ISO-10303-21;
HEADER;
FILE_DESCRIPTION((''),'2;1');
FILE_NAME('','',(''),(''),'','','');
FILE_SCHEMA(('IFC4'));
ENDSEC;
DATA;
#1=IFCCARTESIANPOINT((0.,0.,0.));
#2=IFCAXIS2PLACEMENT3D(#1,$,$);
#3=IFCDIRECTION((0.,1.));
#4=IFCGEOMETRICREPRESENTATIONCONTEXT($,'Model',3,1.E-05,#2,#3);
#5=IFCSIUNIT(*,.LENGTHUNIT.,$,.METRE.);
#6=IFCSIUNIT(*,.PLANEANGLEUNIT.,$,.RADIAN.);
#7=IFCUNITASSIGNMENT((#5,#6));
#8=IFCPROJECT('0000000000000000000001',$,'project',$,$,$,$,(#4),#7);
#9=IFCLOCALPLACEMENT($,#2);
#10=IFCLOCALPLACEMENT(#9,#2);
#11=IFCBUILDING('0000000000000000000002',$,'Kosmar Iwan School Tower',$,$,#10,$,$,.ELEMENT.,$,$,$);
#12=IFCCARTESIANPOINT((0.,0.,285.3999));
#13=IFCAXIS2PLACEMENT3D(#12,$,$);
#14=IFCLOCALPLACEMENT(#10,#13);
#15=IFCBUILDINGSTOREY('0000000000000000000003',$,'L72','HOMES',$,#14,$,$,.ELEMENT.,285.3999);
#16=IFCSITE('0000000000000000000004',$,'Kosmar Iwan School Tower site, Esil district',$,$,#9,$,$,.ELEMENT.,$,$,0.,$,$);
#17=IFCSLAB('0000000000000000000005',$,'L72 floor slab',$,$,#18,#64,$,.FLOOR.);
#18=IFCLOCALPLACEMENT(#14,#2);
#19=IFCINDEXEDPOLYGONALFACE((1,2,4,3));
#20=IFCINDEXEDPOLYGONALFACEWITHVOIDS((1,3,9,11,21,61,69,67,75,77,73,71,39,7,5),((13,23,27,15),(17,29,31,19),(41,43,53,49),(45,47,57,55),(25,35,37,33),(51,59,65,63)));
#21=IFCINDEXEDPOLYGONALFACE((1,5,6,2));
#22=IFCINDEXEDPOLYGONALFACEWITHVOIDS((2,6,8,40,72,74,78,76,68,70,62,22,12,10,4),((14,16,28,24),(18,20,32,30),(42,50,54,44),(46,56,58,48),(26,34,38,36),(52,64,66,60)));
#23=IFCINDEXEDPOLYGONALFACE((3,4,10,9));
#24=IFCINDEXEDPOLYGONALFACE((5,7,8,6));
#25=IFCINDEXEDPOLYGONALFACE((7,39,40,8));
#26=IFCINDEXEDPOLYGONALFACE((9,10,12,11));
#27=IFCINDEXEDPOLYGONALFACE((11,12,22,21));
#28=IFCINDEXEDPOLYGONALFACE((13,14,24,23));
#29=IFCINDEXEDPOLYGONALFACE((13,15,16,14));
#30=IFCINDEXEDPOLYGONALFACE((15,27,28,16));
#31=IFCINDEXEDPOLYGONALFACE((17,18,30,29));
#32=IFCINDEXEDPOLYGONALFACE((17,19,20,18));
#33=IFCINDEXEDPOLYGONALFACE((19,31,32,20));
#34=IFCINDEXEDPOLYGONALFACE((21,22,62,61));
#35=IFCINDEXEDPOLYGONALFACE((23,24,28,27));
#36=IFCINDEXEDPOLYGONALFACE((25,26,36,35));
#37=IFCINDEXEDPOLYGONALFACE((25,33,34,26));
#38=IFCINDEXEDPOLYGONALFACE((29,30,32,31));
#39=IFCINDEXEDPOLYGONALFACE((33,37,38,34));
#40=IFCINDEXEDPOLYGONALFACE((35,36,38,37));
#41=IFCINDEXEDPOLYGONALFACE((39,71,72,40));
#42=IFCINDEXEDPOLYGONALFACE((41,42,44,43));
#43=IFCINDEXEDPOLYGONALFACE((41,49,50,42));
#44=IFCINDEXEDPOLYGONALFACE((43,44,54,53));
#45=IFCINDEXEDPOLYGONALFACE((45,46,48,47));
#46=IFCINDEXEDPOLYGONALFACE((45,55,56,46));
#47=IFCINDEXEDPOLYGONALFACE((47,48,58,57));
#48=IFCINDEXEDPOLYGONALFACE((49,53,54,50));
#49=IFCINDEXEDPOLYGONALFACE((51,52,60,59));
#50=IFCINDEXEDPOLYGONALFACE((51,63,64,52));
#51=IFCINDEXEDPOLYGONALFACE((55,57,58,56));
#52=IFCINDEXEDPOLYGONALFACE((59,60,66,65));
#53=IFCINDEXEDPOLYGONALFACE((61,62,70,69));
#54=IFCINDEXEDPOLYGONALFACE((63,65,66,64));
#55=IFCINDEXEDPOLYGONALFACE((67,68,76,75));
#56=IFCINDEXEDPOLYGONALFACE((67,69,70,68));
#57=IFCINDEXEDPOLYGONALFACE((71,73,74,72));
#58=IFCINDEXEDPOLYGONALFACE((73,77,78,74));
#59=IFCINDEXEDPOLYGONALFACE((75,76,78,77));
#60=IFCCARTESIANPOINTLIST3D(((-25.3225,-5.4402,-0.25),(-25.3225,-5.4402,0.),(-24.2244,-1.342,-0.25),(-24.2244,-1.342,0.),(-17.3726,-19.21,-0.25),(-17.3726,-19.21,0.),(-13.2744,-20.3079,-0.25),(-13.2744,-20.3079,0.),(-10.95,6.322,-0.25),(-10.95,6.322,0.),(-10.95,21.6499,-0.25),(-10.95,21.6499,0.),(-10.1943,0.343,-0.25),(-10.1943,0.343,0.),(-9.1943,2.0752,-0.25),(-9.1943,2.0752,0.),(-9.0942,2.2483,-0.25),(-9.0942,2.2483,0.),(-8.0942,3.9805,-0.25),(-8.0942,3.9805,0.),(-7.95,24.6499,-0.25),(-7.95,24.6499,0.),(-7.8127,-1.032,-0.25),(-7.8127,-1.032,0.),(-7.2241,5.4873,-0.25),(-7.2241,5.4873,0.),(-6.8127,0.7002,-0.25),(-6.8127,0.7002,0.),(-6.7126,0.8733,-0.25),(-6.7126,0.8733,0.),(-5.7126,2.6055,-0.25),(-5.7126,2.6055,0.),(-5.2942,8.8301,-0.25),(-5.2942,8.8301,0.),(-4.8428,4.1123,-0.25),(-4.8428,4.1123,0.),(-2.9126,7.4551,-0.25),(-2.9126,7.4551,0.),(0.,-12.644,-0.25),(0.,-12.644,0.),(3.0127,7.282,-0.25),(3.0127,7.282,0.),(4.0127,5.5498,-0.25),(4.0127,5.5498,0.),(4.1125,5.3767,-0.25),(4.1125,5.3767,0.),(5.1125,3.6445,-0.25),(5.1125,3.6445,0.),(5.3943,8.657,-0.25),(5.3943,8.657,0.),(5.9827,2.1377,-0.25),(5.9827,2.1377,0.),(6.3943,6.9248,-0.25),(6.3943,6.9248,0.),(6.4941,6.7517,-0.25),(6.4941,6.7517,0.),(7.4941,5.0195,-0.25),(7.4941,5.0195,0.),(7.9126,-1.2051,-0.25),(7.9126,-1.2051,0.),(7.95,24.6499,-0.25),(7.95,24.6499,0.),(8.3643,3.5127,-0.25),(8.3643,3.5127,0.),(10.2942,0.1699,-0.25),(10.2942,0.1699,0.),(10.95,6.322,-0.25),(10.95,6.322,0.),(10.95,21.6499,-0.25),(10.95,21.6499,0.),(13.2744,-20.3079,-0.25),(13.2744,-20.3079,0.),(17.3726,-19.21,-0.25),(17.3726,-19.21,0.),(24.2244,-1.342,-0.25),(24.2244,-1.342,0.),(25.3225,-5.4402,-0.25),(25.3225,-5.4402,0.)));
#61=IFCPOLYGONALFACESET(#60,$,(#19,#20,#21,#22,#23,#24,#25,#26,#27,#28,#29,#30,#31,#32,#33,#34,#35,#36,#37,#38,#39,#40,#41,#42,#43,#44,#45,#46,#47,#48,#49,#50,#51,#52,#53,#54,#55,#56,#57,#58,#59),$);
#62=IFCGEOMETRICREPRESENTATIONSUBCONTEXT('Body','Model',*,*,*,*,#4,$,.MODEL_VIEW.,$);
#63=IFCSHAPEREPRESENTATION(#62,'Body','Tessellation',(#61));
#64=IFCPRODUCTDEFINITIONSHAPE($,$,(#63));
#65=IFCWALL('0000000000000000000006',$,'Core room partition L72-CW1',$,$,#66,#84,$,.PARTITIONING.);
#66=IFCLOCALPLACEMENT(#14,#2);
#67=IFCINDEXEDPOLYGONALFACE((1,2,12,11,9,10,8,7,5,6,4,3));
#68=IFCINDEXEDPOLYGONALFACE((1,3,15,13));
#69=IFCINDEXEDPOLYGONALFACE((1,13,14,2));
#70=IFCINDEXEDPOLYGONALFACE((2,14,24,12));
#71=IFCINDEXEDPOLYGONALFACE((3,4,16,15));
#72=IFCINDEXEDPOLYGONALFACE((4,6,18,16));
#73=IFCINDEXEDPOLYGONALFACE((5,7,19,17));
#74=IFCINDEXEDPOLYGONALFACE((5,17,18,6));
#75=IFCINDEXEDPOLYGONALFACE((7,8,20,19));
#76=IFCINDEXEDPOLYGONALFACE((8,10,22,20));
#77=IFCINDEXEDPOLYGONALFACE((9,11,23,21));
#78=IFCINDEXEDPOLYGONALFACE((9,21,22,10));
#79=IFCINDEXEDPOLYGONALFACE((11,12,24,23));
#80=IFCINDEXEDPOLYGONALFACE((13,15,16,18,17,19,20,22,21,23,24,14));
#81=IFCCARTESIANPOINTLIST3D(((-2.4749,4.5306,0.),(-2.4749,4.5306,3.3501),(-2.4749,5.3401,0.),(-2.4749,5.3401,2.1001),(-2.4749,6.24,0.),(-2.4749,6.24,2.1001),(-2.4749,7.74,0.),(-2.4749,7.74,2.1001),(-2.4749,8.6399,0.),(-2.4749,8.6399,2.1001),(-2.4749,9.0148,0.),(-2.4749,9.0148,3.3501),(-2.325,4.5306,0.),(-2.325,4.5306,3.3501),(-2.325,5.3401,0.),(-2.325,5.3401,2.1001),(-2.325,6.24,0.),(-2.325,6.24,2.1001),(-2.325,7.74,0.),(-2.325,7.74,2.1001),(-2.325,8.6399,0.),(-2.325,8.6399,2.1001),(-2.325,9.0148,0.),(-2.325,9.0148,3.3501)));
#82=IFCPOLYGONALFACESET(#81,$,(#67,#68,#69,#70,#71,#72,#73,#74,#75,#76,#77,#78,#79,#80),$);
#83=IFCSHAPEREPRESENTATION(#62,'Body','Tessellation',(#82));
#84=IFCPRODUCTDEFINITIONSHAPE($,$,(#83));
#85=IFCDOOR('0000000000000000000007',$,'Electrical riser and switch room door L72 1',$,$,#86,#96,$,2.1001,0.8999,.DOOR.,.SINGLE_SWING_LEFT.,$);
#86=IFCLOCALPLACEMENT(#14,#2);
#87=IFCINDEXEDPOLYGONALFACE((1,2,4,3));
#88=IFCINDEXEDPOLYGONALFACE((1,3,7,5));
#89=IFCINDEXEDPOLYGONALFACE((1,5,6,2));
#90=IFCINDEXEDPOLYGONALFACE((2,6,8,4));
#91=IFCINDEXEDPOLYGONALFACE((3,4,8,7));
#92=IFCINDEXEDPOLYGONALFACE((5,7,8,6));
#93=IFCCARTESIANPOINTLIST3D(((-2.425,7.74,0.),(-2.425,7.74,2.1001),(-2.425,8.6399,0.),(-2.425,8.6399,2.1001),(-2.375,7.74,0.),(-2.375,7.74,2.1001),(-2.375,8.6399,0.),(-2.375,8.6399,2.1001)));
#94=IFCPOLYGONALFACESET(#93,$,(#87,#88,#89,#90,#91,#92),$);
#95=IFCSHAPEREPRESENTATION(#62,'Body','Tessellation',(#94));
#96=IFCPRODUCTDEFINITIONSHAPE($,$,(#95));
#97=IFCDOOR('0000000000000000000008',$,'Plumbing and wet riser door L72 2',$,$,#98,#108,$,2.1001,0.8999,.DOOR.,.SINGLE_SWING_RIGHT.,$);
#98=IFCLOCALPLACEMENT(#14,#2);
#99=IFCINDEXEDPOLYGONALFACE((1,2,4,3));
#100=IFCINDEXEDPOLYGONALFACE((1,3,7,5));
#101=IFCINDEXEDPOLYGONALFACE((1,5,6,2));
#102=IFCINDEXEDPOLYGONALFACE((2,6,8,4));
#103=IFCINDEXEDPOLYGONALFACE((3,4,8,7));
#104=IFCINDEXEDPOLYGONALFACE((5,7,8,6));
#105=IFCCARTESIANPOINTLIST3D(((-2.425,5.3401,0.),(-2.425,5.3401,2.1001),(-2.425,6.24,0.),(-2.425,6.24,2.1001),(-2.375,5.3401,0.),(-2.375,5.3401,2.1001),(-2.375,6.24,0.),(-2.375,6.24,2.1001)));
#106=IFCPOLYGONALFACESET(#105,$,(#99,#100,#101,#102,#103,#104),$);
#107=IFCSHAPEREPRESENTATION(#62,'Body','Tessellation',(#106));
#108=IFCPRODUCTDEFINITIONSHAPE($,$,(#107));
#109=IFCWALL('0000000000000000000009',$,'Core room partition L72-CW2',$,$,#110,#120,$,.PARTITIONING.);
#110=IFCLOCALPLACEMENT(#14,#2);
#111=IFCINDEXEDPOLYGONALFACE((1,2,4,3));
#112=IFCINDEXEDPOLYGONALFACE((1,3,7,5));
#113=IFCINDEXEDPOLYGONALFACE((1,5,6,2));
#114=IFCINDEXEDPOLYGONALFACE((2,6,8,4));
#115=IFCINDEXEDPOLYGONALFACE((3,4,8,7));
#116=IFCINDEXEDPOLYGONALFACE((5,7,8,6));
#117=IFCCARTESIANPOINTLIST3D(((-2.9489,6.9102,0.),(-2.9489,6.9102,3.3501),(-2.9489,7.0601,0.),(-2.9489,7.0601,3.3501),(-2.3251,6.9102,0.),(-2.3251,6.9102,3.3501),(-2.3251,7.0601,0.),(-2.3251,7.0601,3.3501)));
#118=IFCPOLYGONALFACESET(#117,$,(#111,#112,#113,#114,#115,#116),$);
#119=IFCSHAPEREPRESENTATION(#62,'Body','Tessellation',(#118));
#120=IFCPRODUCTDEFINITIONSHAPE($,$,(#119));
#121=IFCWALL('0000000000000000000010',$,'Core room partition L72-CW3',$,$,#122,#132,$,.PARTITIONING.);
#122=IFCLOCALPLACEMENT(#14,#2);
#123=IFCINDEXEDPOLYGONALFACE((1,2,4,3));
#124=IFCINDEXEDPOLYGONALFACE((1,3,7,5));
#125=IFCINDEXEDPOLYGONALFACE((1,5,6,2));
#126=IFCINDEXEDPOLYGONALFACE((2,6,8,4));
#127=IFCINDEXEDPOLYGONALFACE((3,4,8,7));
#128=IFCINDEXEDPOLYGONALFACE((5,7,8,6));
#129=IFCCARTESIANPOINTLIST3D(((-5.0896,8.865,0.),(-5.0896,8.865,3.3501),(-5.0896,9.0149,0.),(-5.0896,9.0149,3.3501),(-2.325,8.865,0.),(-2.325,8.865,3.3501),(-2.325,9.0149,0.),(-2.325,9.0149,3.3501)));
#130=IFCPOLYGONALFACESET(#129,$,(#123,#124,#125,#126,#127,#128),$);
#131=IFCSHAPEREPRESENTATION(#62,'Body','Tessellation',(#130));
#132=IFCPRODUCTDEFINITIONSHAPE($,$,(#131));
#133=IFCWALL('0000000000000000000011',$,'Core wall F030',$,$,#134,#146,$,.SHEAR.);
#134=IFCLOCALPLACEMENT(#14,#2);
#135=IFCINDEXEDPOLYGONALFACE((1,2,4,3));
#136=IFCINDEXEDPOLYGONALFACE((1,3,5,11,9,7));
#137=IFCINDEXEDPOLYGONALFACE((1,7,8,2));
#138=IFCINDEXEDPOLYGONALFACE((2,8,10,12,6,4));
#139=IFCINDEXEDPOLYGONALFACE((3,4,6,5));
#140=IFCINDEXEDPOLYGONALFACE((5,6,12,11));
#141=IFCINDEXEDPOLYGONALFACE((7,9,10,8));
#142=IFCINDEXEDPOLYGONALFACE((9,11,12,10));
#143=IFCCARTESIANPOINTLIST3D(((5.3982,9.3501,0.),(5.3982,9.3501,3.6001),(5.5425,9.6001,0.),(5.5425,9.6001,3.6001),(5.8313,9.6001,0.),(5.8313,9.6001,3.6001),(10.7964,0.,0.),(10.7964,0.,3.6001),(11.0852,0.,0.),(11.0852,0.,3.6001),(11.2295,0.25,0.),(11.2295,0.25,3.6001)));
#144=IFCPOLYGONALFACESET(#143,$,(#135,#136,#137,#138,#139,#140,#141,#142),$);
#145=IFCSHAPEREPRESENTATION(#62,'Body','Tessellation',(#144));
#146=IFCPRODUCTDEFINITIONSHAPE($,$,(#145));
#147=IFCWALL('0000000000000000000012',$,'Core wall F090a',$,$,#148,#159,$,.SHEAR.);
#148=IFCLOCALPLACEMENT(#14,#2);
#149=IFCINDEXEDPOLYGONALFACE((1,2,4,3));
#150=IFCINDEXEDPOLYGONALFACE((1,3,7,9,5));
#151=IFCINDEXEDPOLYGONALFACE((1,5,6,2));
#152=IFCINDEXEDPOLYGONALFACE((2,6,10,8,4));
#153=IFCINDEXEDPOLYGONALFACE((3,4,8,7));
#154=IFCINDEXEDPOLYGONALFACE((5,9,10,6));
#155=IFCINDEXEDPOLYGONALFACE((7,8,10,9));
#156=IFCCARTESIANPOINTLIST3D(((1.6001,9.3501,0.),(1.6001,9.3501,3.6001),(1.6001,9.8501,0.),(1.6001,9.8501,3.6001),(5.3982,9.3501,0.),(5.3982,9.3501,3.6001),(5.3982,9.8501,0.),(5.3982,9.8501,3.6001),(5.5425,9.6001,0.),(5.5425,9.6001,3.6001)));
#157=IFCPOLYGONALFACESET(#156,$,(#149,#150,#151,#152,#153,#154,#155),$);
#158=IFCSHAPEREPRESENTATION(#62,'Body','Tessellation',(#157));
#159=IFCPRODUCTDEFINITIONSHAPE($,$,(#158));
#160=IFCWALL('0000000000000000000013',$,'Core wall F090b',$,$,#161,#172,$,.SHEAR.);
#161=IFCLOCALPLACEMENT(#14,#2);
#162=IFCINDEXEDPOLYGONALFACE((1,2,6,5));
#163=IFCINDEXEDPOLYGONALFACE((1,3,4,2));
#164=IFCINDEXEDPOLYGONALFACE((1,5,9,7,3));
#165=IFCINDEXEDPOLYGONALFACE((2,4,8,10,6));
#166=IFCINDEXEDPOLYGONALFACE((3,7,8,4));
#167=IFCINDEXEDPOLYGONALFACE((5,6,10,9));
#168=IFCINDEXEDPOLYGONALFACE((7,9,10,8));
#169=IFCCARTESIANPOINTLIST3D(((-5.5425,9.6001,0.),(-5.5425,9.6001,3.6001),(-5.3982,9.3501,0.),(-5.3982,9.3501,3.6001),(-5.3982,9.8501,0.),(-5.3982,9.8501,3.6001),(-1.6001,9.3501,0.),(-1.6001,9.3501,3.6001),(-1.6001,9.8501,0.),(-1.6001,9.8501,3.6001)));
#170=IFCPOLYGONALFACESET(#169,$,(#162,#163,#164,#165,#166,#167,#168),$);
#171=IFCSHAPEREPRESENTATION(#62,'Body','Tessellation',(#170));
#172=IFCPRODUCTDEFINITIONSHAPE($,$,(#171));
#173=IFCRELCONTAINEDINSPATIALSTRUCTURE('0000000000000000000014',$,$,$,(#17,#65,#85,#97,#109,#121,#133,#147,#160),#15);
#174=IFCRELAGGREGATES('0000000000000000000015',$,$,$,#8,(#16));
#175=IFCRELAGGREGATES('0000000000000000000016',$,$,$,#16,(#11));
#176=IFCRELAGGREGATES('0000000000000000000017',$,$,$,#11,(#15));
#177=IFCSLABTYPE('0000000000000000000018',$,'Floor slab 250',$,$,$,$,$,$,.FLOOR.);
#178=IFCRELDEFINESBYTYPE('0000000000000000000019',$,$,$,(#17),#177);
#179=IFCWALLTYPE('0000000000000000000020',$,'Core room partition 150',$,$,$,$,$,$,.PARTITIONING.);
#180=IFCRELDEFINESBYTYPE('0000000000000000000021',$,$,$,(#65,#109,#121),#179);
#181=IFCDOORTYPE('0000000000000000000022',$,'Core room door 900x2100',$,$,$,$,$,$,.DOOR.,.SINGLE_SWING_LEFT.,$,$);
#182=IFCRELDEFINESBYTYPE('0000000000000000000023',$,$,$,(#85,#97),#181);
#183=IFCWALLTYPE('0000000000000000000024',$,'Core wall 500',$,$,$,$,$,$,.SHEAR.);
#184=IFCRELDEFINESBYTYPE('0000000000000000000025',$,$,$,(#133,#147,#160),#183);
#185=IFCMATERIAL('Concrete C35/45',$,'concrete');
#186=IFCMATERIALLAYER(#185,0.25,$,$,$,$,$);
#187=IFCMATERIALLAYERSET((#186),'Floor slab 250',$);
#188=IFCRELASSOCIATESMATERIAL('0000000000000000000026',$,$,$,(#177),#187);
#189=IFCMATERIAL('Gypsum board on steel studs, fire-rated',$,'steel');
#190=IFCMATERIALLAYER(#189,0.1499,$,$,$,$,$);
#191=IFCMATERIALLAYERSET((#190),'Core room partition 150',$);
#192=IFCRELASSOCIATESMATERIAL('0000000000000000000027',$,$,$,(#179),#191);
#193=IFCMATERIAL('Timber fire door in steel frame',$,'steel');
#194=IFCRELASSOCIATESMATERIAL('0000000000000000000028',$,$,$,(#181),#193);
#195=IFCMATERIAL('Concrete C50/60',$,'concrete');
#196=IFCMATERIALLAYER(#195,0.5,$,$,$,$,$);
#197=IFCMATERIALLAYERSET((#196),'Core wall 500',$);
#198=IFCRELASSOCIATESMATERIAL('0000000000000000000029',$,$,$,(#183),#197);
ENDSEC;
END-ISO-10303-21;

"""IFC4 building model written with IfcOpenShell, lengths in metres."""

from ifc_helpers import new_model, si_unit, direction, frame, frame_2d, origin, place, context, subcontext, project, spatial, polyline, rectangle, outline, extrude, material, layer, layer_set, type_object, element, fill, save


model = new_model("IFC4")

# Units and contexts
model_context = context("Model", 3, precision=1e-05, world=origin(), true_north=direction((0.0, 1.0)))
body_context = subcontext(model_context, "Body", "Model", "MODEL_VIEW")
ifc_project = project(units=[si_unit("LENGTHUNIT", "METRE"), si_unit("PLANEANGLEUNIT", "RADIAN")], contexts=[model_context])

# Site, building, storey
site_placement = place(None, origin())
site = spatial("IfcSite", under=ifc_project, at=site_placement, Name="Kosmar Iwan School Tower site, Esil district", CompositionType="ELEMENT", RefElevation=0.0)
building_placement = place(site_placement, origin())
building = spatial("IfcBuilding", under=site, at=building_placement, Name="Kosmar Iwan School Tower", CompositionType="ELEMENT")
storey_placement = place(building_placement, frame((0.0, 0.0, 285.3999)))
storey = spatial("IfcBuildingStorey", under=building, at=storey_placement, Name="L72", Description="HOMES", CompositionType="ELEMENT", Elevation=285.3999)

# Slab
ifc_material_1 = material(Name="Concrete C35/45", Category="concrete")
ifc_layer_1 = layer(ifc_material_1, 0.25)
ifc_layer_set_1 = layer_set([ifc_layer_1], Name="Floor slab 250")
slab_type = type_object("IfcSlabType", Name="Floor slab 250", PredefinedType="FLOOR", material=ifc_layer_set_1)
slab_placement = place(storey_placement, frame((0.0, 0.0, -0.25)))
element("IfcSlab", 1, at=slab_placement, inside=storey, type_object=slab_type, Name="L72 floor slab", PredefinedType="FLOOR", context=body_context, shape_type="SweptSolid", body=[
    extrude(outline(polyline([(-13.2744, -20.3079), (0.0, -12.644), (13.2744, -20.3079), (17.3726, -19.21), (25.3225, -5.4402), (24.2244, -1.342), (10.95, 6.322), (10.95, 21.6499), (7.95, 24.6499), (-7.95, 24.6499), (-10.95, 21.6499), (-10.95, 6.322), (-24.2244, -1.342), (-25.3225, -5.4402), (-17.3726, -19.21), (-13.2744, -20.3079)]), holes=[polyline([(7.9126, -1.2051), (10.2942, 0.1699), (8.3643, 3.5127), (5.9827, 2.1377), (7.9126, -1.2051)]), polyline([(-2.9126, 7.4551), (-5.2942, 8.8301), (-7.2241, 5.4873), (-4.8428, 4.1123), (-2.9126, 7.4551)]), polyline([(-5.7126, 2.6055), (-8.0942, 3.9805), (-9.0942, 2.2483), (-6.7126, 0.8733), (-5.7126, 2.6055)]), polyline([(-6.8127, 0.7002), (-9.1943, 2.0752), (-10.1943, 0.343), (-7.8127, -1.032), (-6.8127, 0.7002)]), polyline([(5.1125, 3.6445), (7.4941, 5.0195), (6.4941, 6.7517), (4.1125, 5.3767), (5.1125, 3.6445)]), polyline([(4.0127, 5.5498), (6.3943, 6.9248), (5.3943, 8.657), (3.0127, 7.282), (4.0127, 5.5498)])]), origin(), (0.0, 0.0, 1.0), 0.25),
])

# Wall, openings, doors
ifc_material_2 = material(Name="Gypsum board on steel studs, fire-rated", Category="steel")
ifc_layer_2 = layer(ifc_material_2, 0.1499)
ifc_layer_set_2 = layer_set([ifc_layer_2], Name="Core room partition 150")
wall_type_1 = type_object("IfcWallType", Name="Core room partition 150", PredefinedType="PARTITIONING", material=ifc_layer_set_2)
wall_1_placement = place(storey_placement, frame((-2.3999, 9.0149, 0.0), z_axis=(0.0, 0.0, 1.0), x_axis=(0.0, -1.0, 0.0)))
wall_1 = element("IfcWall", 2, at=wall_1_placement, inside=storey, type_object=wall_type_1, Name="Core room partition L72-CW1", PredefinedType="PARTITIONING", context=body_context, shape_type="SweptSolid", body=[
    extrude(rectangle(XDim=4.4841, YDim=0.1499, at=frame_2d((2.2422, 0.0))), origin(), (0.0, 0.0, 1.0), 3.3501),
])
opening_1_placement = place(wall_1_placement, frame((0.375, 0.0, 0.0)))
opening_1 = element("IfcOpeningElement", 3, at=opening_1_placement, cuts=wall_1, PredefinedType="OPENING", context=body_context, shape_type="SweptSolid", body=[
    extrude(rectangle(XDim=0.8999, YDim=2.1001, at=frame_2d((0.45, 1.05))), frame((0.0, 0.0869, 0.0), z_axis=(0.0, -1.0, 0.0), x_axis=(1.0, 0.0, 0.0)), (0.0, 0.0, 1.0), 0.1738),
])
opening_2_placement = place(wall_1_placement, frame((2.7749, 0.0, 0.0)))
opening_2 = element("IfcOpeningElement", 4, at=opening_2_placement, cuts=wall_1, PredefinedType="OPENING", context=body_context, shape_type="SweptSolid", body=[
    extrude(rectangle(XDim=0.8999, YDim=2.1001, at=frame_2d((0.45, 1.05))), frame((0.0, 0.0869, 0.0), z_axis=(0.0, -1.0, 0.0), x_axis=(1.0, 0.0, 0.0)), (0.0, 0.0, 1.0), 0.1738),
])
ifc_material_3 = material(Name="Timber fire door in steel frame", Category="steel")
door_type_1 = type_object("IfcDoorType", Name="Core room door 900x2100", OperationType="SINGLE_SWING_LEFT", PredefinedType="DOOR", material=ifc_material_3)
door_1_placement = place(opening_1_placement, origin())
door_1 = element("IfcDoor", 5, at=door_1_placement, inside=storey, type_object=door_type_1, Name="Electrical riser and switch room door L72 1", OperationType="SINGLE_SWING_LEFT", OverallHeight=2.1001, OverallWidth=0.8999, PredefinedType="DOOR", context=body_context, shape_type="SweptSolid", body=[
    extrude(rectangle(XDim=0.8999, YDim=2.1001, at=frame_2d((0.45, 1.05))), frame((0.0, 0.0249, 0.0), z_axis=(0.0, -1.0, 0.0), x_axis=(1.0, 0.0, 0.0)), (0.0, 0.0, 1.0), 0.05),
])
fill(opening_1, door_1)
door_2_placement = place(opening_2_placement, origin())
door_2 = element("IfcDoor", 6, at=door_2_placement, inside=storey, type_object=door_type_1, Name="Plumbing and wet riser door L72 2", OperationType="SINGLE_SWING_RIGHT", OverallHeight=2.1001, OverallWidth=0.8999, PredefinedType="DOOR", context=body_context, shape_type="SweptSolid", body=[
    extrude(rectangle(XDim=0.8999, YDim=2.1001, at=frame_2d((0.45, 1.05))), frame((0.0, 0.0249, 0.0), z_axis=(0.0, -1.0, 0.0), x_axis=(1.0, 0.0, 0.0)), (0.0, 0.0, 1.0), 0.05),
])
fill(opening_2, door_2)

# Walls
wall_2_placement = place(storey_placement, frame((-2.325, 6.9851, 0.0), z_axis=(0.0, 0.0, 1.0), x_axis=(-1.0, 0.0, 0.0)))
element("IfcWall", 7, at=wall_2_placement, inside=storey, type_object=wall_type_1, Name="Core room partition L72-CW2", PredefinedType="PARTITIONING", context=body_context, shape_type="SweptSolid", body=[
    extrude(rectangle(XDim=0.6238, YDim=0.1499, at=frame_2d((0.312, 0.0))), origin(), (0.0, 0.0, 1.0), 3.3501),
])
wall_3_placement = place(storey_placement, frame((-5.0896, 8.9399, 0.0), z_axis=(0.0, 0.0, 1.0), x_axis=(1.0, 0.0, 0.0)))
element("IfcWall", 8, at=wall_3_placement, inside=storey, type_object=wall_type_1, Name="Core room partition L72-CW3", PredefinedType="PARTITIONING", context=body_context, shape_type="SweptSolid", body=[
    extrude(rectangle(XDim=2.7646, YDim=0.1499, at=frame_2d((1.3823, 0.0))), origin(), (0.0, 0.0, 1.0), 3.3501),
])
ifc_material_4 = material(Name="Concrete C50/60", Category="concrete")
ifc_layer_3 = layer(ifc_material_4, 0.5)
ifc_layer_set_3 = layer_set([ifc_layer_3], Name="Core wall 500")
wall_type_2 = type_object("IfcWallType", Name="Core wall 500", PredefinedType="SHEAR", material=ifc_layer_set_3)
wall_4_placement = place(storey_placement, origin())
element("IfcWall", 9, at=wall_4_placement, inside=storey, type_object=wall_type_2, Name="Core wall F030", PredefinedType="SHEAR", context=body_context, shape_type="SweptSolid", body=[
    extrude(outline(polyline([(10.7964, 0.0), (11.0852, 0.0), (11.2295, 0.25), (5.8313, 9.6001), (5.5425, 9.6001), (5.3982, 9.3501), (10.7964, 0.0)])), origin(), (0.0, 0.0, 1.0), 3.6001),
])
wall_5_placement = place(storey_placement, origin())
element("IfcWall", 10, at=wall_5_placement, inside=storey, type_object=wall_type_2, Name="Core wall F090a", PredefinedType="SHEAR", context=body_context, shape_type="SweptSolid", body=[
    extrude(outline(polyline([(1.6001, 9.3501), (5.3982, 9.3501), (5.5425, 9.6001), (5.3982, 9.8501), (1.6001, 9.8501), (1.6001, 9.3501)])), origin(), (0.0, 0.0, 1.0), 3.6001),
])
wall_6_placement = place(storey_placement, origin())
element("IfcWall", 11, at=wall_6_placement, inside=storey, type_object=wall_type_2, Name="Core wall F090b", PredefinedType="SHEAR", context=body_context, shape_type="SweptSolid", body=[
    extrude(outline(polyline([(-5.3982, 9.3501), (-1.6001, 9.3501), (-1.6001, 9.8501), (-5.3982, 9.8501), (-5.5425, 9.6001), (-5.3982, 9.3501)])), origin(), (0.0, 0.0, 1.0), 3.6001),
])

save(model, "model.ifc")
